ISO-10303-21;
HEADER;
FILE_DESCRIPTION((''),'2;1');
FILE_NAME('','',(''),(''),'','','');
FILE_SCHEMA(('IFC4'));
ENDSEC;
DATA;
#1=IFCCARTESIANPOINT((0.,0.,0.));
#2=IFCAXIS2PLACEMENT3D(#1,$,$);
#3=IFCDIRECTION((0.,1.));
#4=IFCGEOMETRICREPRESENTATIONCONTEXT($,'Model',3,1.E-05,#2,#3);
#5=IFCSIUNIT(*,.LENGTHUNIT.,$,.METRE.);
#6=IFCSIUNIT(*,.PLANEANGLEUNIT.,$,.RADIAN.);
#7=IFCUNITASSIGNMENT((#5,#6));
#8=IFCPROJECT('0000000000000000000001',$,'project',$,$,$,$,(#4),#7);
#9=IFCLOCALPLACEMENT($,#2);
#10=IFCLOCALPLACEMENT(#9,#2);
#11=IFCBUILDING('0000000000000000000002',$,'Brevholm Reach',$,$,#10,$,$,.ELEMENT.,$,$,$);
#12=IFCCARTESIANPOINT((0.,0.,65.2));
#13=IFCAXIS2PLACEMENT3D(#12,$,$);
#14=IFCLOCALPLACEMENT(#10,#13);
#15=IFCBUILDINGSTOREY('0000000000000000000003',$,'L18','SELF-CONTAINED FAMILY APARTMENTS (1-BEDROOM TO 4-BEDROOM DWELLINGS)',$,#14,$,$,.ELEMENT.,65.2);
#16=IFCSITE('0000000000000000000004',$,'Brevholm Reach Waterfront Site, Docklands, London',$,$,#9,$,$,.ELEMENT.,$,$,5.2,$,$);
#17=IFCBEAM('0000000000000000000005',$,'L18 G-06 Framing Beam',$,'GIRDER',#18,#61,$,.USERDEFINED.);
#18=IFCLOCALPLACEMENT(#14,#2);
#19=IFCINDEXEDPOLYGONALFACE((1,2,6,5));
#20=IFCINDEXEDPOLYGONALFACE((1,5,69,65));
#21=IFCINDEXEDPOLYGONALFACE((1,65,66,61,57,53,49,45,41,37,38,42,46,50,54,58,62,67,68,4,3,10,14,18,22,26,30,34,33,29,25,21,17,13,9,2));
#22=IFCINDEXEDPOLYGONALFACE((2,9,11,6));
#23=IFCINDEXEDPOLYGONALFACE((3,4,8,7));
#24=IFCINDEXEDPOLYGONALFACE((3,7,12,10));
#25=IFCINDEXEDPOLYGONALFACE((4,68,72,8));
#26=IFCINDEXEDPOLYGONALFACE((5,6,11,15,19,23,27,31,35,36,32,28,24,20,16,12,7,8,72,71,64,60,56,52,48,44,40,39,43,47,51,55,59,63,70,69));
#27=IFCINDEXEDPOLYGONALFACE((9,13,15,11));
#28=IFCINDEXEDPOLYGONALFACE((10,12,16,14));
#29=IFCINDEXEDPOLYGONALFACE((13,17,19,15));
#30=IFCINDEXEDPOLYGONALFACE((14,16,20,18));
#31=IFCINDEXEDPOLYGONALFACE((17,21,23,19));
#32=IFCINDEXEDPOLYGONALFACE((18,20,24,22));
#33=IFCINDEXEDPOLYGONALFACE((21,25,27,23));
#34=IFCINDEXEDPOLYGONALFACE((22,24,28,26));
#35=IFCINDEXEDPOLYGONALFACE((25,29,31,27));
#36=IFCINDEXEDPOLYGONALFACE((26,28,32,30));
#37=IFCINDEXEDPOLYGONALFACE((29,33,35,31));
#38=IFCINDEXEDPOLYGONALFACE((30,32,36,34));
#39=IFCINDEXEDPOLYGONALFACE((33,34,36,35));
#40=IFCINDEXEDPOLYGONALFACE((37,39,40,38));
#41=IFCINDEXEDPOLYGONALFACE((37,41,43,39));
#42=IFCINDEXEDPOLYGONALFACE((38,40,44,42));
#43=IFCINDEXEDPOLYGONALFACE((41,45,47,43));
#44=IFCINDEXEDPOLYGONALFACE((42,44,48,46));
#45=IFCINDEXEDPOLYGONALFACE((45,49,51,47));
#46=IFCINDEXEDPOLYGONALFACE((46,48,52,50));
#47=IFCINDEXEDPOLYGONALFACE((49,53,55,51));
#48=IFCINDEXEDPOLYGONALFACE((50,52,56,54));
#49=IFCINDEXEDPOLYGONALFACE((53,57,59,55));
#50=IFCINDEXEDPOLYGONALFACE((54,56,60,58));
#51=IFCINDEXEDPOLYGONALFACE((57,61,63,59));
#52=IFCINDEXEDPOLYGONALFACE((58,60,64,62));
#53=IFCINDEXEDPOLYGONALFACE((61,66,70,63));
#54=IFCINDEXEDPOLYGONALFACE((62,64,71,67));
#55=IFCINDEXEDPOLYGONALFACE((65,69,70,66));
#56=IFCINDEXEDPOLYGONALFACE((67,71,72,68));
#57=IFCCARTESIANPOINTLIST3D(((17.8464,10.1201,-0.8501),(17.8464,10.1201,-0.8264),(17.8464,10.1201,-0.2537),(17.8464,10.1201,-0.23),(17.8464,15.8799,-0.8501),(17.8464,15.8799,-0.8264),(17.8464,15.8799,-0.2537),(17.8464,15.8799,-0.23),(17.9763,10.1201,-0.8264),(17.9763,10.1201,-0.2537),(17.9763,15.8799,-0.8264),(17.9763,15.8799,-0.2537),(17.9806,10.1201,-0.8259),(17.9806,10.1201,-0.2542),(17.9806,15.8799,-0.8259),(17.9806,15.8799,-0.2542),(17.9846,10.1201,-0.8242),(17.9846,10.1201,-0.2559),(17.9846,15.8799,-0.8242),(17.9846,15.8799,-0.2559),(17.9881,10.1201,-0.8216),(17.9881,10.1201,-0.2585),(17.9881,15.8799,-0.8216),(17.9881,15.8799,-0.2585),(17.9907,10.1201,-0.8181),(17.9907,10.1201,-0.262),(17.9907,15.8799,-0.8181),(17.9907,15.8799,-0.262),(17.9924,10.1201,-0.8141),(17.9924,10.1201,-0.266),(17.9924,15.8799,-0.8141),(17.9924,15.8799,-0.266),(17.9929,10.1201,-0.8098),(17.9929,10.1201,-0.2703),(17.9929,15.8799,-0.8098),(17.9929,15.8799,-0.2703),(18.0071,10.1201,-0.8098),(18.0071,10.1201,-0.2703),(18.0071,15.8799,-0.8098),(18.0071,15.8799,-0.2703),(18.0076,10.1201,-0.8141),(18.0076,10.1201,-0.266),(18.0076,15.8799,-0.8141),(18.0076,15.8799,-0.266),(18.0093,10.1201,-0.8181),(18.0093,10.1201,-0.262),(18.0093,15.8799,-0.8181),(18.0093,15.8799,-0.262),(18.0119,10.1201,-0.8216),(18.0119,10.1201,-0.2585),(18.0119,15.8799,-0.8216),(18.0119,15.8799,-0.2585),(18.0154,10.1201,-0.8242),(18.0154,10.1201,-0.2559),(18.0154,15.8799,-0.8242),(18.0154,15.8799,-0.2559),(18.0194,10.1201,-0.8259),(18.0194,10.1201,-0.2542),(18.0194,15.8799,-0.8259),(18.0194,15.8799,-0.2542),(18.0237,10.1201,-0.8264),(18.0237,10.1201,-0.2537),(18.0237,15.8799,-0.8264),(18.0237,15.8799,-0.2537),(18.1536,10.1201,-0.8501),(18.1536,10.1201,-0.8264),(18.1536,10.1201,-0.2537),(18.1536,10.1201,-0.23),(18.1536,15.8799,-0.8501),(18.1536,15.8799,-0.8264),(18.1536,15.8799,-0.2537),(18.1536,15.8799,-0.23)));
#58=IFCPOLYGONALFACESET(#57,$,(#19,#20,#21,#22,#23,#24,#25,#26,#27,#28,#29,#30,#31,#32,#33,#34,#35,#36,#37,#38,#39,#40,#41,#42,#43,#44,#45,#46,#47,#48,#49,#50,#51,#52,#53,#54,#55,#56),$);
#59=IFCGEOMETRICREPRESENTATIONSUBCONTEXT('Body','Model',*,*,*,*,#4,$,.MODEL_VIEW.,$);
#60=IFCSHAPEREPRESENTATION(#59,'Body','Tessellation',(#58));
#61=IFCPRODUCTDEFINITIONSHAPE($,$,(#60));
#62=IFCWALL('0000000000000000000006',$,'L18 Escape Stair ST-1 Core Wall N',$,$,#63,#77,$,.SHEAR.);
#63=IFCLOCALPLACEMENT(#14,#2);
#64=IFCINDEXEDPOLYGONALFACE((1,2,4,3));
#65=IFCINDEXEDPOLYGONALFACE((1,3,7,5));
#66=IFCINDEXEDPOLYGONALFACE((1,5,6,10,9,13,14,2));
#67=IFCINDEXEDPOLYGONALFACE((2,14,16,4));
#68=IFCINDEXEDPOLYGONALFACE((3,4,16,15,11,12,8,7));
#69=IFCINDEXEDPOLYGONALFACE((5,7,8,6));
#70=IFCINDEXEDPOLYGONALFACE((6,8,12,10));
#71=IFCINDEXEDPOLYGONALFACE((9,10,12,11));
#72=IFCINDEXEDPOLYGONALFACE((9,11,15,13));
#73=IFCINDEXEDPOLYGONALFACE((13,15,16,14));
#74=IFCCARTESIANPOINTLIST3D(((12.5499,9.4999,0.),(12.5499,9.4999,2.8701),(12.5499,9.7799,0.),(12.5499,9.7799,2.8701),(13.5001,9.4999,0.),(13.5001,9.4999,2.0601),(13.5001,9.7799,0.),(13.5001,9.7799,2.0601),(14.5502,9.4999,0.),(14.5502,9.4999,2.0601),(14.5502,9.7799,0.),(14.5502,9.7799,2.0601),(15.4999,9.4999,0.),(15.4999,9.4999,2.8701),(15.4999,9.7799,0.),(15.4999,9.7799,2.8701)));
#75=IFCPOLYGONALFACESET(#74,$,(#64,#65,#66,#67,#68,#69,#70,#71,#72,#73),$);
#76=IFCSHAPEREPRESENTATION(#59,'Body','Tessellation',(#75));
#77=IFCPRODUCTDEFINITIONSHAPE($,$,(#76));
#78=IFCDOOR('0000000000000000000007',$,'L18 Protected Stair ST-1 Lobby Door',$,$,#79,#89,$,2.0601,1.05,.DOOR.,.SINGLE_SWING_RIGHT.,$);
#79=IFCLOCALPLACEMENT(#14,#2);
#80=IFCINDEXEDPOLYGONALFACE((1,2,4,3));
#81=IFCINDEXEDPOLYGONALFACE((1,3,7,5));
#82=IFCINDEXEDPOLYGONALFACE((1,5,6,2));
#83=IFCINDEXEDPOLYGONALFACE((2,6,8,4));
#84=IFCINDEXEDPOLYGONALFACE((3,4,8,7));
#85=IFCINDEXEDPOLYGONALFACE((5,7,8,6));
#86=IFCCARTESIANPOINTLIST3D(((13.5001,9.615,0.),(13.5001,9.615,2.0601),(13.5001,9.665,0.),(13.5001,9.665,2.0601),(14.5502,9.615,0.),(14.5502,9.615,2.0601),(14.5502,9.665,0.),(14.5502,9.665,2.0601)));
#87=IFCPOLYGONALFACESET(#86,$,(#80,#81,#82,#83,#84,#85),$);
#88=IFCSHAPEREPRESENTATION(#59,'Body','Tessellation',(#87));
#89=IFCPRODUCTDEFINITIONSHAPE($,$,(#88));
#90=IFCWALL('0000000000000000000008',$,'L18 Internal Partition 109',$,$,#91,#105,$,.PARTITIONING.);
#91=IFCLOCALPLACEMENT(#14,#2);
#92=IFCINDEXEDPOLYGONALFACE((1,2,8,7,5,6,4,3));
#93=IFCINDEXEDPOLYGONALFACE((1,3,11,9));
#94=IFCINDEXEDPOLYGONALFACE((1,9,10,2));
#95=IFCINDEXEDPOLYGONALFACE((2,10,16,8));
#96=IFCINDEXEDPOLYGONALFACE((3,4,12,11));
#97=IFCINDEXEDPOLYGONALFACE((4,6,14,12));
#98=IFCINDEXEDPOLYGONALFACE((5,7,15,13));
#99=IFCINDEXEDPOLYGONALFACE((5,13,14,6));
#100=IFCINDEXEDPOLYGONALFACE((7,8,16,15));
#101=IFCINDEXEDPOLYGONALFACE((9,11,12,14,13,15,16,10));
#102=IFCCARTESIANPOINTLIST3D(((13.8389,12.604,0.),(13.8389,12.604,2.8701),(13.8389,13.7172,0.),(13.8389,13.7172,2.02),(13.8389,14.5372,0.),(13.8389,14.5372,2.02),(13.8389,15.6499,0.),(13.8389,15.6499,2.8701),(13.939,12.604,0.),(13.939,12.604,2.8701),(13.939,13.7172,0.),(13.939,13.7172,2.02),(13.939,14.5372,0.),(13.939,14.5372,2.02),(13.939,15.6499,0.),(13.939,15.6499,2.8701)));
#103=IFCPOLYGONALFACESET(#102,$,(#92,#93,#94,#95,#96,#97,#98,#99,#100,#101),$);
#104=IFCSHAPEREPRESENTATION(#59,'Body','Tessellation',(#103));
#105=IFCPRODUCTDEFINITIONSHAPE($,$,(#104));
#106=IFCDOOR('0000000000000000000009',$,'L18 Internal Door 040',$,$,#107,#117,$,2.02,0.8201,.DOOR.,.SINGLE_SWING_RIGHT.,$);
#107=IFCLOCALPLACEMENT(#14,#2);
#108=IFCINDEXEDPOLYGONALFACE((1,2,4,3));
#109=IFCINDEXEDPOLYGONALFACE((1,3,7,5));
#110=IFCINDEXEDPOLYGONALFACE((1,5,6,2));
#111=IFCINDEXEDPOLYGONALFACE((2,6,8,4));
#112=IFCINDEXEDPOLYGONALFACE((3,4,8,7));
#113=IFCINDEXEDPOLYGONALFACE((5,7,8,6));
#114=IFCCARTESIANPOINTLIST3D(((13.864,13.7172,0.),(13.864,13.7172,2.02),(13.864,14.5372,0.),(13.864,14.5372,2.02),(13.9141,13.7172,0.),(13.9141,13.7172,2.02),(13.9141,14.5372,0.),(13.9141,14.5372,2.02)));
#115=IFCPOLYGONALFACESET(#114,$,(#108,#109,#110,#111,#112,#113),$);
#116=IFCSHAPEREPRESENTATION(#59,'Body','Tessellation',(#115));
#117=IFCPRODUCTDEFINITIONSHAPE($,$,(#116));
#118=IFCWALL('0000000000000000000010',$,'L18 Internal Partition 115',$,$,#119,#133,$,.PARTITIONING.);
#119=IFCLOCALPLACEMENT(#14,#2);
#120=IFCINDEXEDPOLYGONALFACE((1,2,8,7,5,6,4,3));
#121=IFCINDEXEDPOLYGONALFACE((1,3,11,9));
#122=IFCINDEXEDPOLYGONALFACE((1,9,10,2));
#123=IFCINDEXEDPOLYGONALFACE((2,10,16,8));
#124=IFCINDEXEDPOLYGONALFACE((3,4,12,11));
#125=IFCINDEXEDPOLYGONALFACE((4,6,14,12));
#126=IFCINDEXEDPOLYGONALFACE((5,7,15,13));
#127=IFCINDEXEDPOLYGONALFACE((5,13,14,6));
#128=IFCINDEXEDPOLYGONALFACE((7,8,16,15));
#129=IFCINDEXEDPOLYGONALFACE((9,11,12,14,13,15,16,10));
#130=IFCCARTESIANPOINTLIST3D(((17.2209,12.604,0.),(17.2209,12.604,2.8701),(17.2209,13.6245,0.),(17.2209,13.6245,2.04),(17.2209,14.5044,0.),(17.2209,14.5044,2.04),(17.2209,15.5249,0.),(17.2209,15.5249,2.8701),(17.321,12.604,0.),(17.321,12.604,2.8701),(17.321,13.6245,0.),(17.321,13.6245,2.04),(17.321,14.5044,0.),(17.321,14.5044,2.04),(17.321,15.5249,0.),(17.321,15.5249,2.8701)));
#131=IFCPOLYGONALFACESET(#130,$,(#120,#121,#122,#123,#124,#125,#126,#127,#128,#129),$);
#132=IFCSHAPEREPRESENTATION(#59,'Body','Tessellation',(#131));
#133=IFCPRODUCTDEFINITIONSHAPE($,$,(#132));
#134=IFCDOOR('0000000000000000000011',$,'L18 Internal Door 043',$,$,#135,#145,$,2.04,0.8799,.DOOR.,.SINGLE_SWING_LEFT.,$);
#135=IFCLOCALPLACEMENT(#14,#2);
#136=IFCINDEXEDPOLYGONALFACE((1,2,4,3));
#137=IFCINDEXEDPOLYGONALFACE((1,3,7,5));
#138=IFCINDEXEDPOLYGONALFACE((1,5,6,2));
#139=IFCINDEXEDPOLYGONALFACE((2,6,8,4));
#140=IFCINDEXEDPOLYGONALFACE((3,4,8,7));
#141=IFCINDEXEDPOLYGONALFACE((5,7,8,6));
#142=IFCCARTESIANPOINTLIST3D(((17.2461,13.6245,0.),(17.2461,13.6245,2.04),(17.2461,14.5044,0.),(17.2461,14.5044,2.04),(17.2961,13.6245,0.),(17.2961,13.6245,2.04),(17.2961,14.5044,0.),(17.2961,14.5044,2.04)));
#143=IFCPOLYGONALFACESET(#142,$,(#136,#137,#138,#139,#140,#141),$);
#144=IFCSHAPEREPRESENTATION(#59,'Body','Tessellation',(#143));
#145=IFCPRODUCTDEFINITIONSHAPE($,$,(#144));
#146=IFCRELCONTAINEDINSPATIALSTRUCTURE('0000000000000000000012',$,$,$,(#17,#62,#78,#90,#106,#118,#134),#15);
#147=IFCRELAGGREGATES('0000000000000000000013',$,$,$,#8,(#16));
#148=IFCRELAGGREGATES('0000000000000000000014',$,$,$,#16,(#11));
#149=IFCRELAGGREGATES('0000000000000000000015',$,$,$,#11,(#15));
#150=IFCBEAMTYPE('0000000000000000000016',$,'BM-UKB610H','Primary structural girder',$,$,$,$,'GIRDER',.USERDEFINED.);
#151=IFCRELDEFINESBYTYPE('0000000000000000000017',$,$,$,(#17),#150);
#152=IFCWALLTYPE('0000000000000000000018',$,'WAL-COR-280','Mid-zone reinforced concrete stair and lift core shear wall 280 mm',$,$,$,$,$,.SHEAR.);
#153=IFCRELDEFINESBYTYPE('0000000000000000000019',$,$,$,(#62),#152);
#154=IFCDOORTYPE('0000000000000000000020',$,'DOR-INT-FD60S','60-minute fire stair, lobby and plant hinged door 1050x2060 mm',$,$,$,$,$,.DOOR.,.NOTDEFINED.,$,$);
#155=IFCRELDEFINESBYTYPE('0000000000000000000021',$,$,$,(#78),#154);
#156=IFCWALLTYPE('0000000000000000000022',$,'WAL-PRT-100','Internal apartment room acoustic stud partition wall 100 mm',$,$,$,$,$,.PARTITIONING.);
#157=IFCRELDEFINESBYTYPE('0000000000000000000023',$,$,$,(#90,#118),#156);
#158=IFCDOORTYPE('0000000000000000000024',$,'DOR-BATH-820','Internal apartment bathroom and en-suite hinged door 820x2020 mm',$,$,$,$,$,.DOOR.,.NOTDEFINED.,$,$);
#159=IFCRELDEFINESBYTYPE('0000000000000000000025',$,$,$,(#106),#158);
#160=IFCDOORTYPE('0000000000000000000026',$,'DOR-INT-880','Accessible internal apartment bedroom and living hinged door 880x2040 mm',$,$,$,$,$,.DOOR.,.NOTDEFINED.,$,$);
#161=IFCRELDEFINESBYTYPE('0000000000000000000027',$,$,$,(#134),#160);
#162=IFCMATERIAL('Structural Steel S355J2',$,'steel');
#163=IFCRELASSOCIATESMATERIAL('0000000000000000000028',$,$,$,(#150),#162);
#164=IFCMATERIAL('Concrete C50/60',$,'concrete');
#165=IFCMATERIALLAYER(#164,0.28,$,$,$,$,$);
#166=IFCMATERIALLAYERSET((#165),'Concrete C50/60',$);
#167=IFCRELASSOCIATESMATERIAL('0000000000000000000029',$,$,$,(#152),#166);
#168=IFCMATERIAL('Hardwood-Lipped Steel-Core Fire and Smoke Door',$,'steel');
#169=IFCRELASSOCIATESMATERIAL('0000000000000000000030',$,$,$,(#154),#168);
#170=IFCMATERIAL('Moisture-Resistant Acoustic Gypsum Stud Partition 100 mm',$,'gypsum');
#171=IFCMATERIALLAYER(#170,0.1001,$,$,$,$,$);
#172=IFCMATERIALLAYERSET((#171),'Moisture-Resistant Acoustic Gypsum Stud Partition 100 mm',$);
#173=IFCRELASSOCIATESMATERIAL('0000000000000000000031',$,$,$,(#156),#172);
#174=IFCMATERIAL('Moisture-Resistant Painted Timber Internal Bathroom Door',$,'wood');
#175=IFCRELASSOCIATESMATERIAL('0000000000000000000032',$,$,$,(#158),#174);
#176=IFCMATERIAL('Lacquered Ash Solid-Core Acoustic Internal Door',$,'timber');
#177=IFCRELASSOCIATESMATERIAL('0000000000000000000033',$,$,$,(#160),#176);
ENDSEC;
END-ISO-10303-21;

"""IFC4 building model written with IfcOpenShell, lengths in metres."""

from ifc_helpers import new_model, si_unit, direction, frame, frame_2d, origin, origin_2d, place, context, subcontext, project, spatial, rectangle, i_section, extrude, material, layer, layer_set, material_profile, profile_set, type_object, element, fill, save


model = new_model("IFC4")

# Units and contexts
model_context = context("Model", 3, precision=1e-05, world=origin(), true_north=direction((0.0, 1.0)))
body_context = subcontext(model_context, "Body", "Model", "MODEL_VIEW")
ifc_project = project(units=[si_unit("LENGTHUNIT", "METRE"), si_unit("PLANEANGLEUNIT", "RADIAN")], contexts=[model_context])

# Site, building, storey
site_placement = place(None, origin())
site = spatial("IfcSite", under=ifc_project, at=site_placement, Name="Brevholm Reach Waterfront Site, Docklands, London", CompositionType="ELEMENT", RefElevation=5.2)
building_placement = place(site_placement, origin())
building = spatial("IfcBuilding", under=site, at=building_placement, Name="Brevholm Reach", CompositionType="ELEMENT")
storey_placement = place(building_placement, frame((0.0, 0.0, 65.2)))
storey = spatial("IfcBuildingStorey", under=building, at=storey_placement, Name="L18", Description="SELF-CONTAINED FAMILY APARTMENTS (1-BEDROOM TO 4-BEDROOM DWELLINGS)", CompositionType="ELEMENT", Elevation=65.2)

# Beam
ifc_material_1 = material(Name="Structural Steel S355J2", Category="steel")
ifc_material_profile_1 = material_profile(ifc_material_1, i_section(OverallWidth=0.3071, OverallDepth=0.6201, WebThickness=0.0142, FlangeThickness=0.0237, FilletRadius=0.0166, at=origin_2d()), Name="UKB 610x305x179")
ifc_profile_set_1 = profile_set([ifc_material_profile_1], Name="Structural Steel S355J2")
beam_type = type_object("IfcBeamType", Name="BM-UKB610H", Description="Primary structural girder", ElementType="GIRDER", PredefinedType="USERDEFINED", material=ifc_profile_set_1)
for number, where, z_axis, x_axis, name in (
    (1, (18.0, 10.1201, -0.54), (0.0, 1.0, 0.0), (-1.0, 0.0, 0.0), "L18 G-06 Framing Beam"),
):
    element("IfcBeam", number, at=place(storey_placement, frame(where, z_axis=z_axis, x_axis=x_axis)), inside=storey, type_object=beam_type, Name=name, ObjectType="GIRDER", PredefinedType="USERDEFINED", context=body_context, shape_type="SweptSolid", body=[
        extrude(i_section(OverallWidth=0.3071, OverallDepth=0.6201, WebThickness=0.0142, FlangeThickness=0.0237, FilletRadius=0.0166, at=origin_2d()), origin(), (0.0, 0.0, 1.0), 5.7598),
    ])

# Walls, openings, doors
ifc_material_2 = material(Name="Concrete C50/60", Category="concrete")
ifc_layer_1 = layer(ifc_material_2, 0.28)
ifc_layer_set_1 = layer_set([ifc_layer_1], Name="Concrete C50/60")
wall_type_1 = type_object("IfcWallType", Name="WAL-COR-280", Description="Mid-zone reinforced concrete stair and lift core shear wall 280 mm", PredefinedType="SHEAR", material=ifc_layer_set_1)
wall_1_placement = place(storey_placement, frame((15.5, 9.6399, 0.0), z_axis=(0.0, 0.0, 1.0), x_axis=(-1.0, 0.0, 0.0)))
wall_1 = element("IfcWall", 2, at=wall_1_placement, inside=storey, type_object=wall_type_1, Name="L18 Escape Stair ST-1 Core Wall N", PredefinedType="SHEAR", context=body_context, shape_type="SweptSolid", body=[
    extrude(rectangle(XDim=2.95, YDim=0.28, at=frame_2d((1.4751, 0.0))), origin(), (0.0, 0.0, 1.0), 2.8701),
])
opening_1_placement = place(wall_1_placement, frame((0.95, 0.0, 0.0)))
opening_1 = element("IfcOpeningElement", 3, at=opening_1_placement, cuts=wall_1, PredefinedType="OPENING", context=body_context, shape_type="SweptSolid", body=[
    extrude(rectangle(XDim=1.05, YDim=2.0601, at=frame_2d((0.5249, 1.03))), frame((0.0, 0.1499, 0.0), z_axis=(0.0, -1.0, 0.0), x_axis=(1.0, 0.0, 0.0)), (0.0, 0.0, 1.0), 0.3),
])
ifc_material_3 = material(Name="Hardwood-Lipped Steel-Core Fire and Smoke Door", Category="steel")
door_type_1 = type_object("IfcDoorType", Name="DOR-INT-FD60S", Description="60-minute fire stair, lobby and plant hinged door 1050x2060 mm", OperationType="NOTDEFINED", PredefinedType="DOOR", material=ifc_material_3)
door_1_placement = place(opening_1_placement, origin())
door_1 = element("IfcDoor", 4, at=door_1_placement, inside=storey, type_object=door_type_1, Name="L18 Protected Stair ST-1 Lobby Door", OperationType="SINGLE_SWING_RIGHT", OverallHeight=2.0601, OverallWidth=1.05, PredefinedType="DOOR", context=body_context, shape_type="SweptSolid", body=[
    extrude(rectangle(XDim=1.05, YDim=2.0601, at=frame_2d((0.5249, 1.03))), frame((0.0, 0.0249, 0.0), z_axis=(0.0, -1.0, 0.0), x_axis=(1.0, 0.0, 0.0)), (0.0, 0.0, 1.0), 0.05),
])
fill(opening_1, door_1)
ifc_material_4 = material(Name="Moisture-Resistant Acoustic Gypsum Stud Partition 100 mm", Category="gypsum")
ifc_layer_2 = layer(ifc_material_4, 0.1001)
ifc_layer_set_2 = layer_set([ifc_layer_2], Name="Moisture-Resistant Acoustic Gypsum Stud Partition 100 mm")
wall_type_2 = type_object("IfcWallType", Name="WAL-PRT-100", Description="Internal apartment room acoustic stud partition wall 100 mm", PredefinedType="PARTITIONING", material=ifc_layer_set_2)
wall_2_placement = place(storey_placement, frame((13.8889, 12.604, 0.0), z_axis=(0.0, 0.0, 1.0), x_axis=(0.0, 1.0, 0.0)))
wall_2 = element("IfcWall", 5, at=wall_2_placement, inside=storey, type_object=wall_type_2, Name="L18 Internal Partition 109", PredefinedType="PARTITIONING", context=body_context, shape_type="SweptSolid", body=[
    extrude(rectangle(XDim=3.0459, YDim=0.1001, at=frame_2d((1.5229, 0.0))), origin(), (0.0, 0.0, 1.0), 2.8701),
])
opening_2_placement = place(wall_2_placement, frame((1.113, 0.0, 0.0)))
opening_2 = element("IfcOpeningElement", 6, at=opening_2_placement, cuts=wall_2, PredefinedType="OPENING", context=body_context, shape_type="SweptSolid", body=[
    extrude(rectangle(XDim=0.8201, YDim=2.02, at=frame_2d((0.4102, 1.01))), frame((0.0, 0.0601, 0.0), z_axis=(0.0, -1.0, 0.0), x_axis=(1.0, 0.0, 0.0)), (0.0, 0.0, 1.0), 0.1201),
])
ifc_material_5 = material(Name="Moisture-Resistant Painted Timber Internal Bathroom Door", Category="wood")
door_type_2 = type_object("IfcDoorType", Name="DOR-BATH-820", Description="Internal apartment bathroom and en-suite hinged door 820x2020 mm", OperationType="NOTDEFINED", PredefinedType="DOOR", material=ifc_material_5)
door_2_placement = place(opening_2_placement, origin())
door_2 = element("IfcDoor", 7, at=door_2_placement, inside=storey, type_object=door_type_2, Name="L18 Internal Door 040", OperationType="SINGLE_SWING_RIGHT", OverallHeight=2.02, OverallWidth=0.8201, PredefinedType="DOOR", context=body_context, shape_type="SweptSolid", body=[
    extrude(rectangle(XDim=0.8201, YDim=2.02, at=frame_2d((0.4102, 1.01))), frame((0.0, 0.0249, 0.0), z_axis=(0.0, -1.0, 0.0), x_axis=(1.0, 0.0, 0.0)), (0.0, 0.0, 1.0), 0.05),
])
fill(opening_2, door_2)
wall_3_placement = place(storey_placement, frame((17.271, 12.604, 0.0), z_axis=(0.0, 0.0, 1.0), x_axis=(0.0, 1.0, 0.0)))
wall_3 = element("IfcWall", 8, at=wall_3_placement, inside=storey, type_object=wall_type_2, Name="L18 Internal Partition 115", PredefinedType="PARTITIONING", context=body_context, shape_type="SweptSolid", body=[
    extrude(rectangle(XDim=2.9209, YDim=0.1001, at=frame_2d((1.4604, 0.0))), origin(), (0.0, 0.0, 1.0), 2.8701),
])
opening_3_placement = place(wall_3_placement, frame((1.0205, 0.0, 0.0)))
opening_3 = element("IfcOpeningElement", 9, at=opening_3_placement, cuts=wall_3, PredefinedType="OPENING", context=body_context, shape_type="SweptSolid", body=[
    extrude(rectangle(XDim=0.8799, YDim=2.04, at=frame_2d((0.4399, 1.02))), frame((0.0, 0.0601, 0.0), z_axis=(0.0, -1.0, 0.0), x_axis=(1.0, 0.0, 0.0)), (0.0, 0.0, 1.0), 0.1201),
])
ifc_material_6 = material(Name="Lacquered Ash Solid-Core Acoustic Internal Door", Category="timber")
door_type_3 = type_object("IfcDoorType", Name="DOR-INT-880", Description="Accessible internal apartment bedroom and living hinged door 880x2040 mm", OperationType="NOTDEFINED", PredefinedType="DOOR", material=ifc_material_6)
door_3_placement = place(opening_3_placement, origin())
door_3 = element("IfcDoor", 10, at=door_3_placement, inside=storey, type_object=door_type_3, Name="L18 Internal Door 043", OperationType="SINGLE_SWING_LEFT", OverallHeight=2.04, OverallWidth=0.8799, PredefinedType="DOOR", context=body_context, shape_type="SweptSolid", body=[
    extrude(rectangle(XDim=0.8799, YDim=2.04, at=frame_2d((0.4399, 1.02))), frame((0.0, 0.0249, 0.0), z_axis=(0.0, -1.0, 0.0), x_axis=(1.0, 0.0, 0.0)), (0.0, 0.0, 1.0), 0.05),
])
fill(opening_3, door_3)

save(model, "model.ifc")
